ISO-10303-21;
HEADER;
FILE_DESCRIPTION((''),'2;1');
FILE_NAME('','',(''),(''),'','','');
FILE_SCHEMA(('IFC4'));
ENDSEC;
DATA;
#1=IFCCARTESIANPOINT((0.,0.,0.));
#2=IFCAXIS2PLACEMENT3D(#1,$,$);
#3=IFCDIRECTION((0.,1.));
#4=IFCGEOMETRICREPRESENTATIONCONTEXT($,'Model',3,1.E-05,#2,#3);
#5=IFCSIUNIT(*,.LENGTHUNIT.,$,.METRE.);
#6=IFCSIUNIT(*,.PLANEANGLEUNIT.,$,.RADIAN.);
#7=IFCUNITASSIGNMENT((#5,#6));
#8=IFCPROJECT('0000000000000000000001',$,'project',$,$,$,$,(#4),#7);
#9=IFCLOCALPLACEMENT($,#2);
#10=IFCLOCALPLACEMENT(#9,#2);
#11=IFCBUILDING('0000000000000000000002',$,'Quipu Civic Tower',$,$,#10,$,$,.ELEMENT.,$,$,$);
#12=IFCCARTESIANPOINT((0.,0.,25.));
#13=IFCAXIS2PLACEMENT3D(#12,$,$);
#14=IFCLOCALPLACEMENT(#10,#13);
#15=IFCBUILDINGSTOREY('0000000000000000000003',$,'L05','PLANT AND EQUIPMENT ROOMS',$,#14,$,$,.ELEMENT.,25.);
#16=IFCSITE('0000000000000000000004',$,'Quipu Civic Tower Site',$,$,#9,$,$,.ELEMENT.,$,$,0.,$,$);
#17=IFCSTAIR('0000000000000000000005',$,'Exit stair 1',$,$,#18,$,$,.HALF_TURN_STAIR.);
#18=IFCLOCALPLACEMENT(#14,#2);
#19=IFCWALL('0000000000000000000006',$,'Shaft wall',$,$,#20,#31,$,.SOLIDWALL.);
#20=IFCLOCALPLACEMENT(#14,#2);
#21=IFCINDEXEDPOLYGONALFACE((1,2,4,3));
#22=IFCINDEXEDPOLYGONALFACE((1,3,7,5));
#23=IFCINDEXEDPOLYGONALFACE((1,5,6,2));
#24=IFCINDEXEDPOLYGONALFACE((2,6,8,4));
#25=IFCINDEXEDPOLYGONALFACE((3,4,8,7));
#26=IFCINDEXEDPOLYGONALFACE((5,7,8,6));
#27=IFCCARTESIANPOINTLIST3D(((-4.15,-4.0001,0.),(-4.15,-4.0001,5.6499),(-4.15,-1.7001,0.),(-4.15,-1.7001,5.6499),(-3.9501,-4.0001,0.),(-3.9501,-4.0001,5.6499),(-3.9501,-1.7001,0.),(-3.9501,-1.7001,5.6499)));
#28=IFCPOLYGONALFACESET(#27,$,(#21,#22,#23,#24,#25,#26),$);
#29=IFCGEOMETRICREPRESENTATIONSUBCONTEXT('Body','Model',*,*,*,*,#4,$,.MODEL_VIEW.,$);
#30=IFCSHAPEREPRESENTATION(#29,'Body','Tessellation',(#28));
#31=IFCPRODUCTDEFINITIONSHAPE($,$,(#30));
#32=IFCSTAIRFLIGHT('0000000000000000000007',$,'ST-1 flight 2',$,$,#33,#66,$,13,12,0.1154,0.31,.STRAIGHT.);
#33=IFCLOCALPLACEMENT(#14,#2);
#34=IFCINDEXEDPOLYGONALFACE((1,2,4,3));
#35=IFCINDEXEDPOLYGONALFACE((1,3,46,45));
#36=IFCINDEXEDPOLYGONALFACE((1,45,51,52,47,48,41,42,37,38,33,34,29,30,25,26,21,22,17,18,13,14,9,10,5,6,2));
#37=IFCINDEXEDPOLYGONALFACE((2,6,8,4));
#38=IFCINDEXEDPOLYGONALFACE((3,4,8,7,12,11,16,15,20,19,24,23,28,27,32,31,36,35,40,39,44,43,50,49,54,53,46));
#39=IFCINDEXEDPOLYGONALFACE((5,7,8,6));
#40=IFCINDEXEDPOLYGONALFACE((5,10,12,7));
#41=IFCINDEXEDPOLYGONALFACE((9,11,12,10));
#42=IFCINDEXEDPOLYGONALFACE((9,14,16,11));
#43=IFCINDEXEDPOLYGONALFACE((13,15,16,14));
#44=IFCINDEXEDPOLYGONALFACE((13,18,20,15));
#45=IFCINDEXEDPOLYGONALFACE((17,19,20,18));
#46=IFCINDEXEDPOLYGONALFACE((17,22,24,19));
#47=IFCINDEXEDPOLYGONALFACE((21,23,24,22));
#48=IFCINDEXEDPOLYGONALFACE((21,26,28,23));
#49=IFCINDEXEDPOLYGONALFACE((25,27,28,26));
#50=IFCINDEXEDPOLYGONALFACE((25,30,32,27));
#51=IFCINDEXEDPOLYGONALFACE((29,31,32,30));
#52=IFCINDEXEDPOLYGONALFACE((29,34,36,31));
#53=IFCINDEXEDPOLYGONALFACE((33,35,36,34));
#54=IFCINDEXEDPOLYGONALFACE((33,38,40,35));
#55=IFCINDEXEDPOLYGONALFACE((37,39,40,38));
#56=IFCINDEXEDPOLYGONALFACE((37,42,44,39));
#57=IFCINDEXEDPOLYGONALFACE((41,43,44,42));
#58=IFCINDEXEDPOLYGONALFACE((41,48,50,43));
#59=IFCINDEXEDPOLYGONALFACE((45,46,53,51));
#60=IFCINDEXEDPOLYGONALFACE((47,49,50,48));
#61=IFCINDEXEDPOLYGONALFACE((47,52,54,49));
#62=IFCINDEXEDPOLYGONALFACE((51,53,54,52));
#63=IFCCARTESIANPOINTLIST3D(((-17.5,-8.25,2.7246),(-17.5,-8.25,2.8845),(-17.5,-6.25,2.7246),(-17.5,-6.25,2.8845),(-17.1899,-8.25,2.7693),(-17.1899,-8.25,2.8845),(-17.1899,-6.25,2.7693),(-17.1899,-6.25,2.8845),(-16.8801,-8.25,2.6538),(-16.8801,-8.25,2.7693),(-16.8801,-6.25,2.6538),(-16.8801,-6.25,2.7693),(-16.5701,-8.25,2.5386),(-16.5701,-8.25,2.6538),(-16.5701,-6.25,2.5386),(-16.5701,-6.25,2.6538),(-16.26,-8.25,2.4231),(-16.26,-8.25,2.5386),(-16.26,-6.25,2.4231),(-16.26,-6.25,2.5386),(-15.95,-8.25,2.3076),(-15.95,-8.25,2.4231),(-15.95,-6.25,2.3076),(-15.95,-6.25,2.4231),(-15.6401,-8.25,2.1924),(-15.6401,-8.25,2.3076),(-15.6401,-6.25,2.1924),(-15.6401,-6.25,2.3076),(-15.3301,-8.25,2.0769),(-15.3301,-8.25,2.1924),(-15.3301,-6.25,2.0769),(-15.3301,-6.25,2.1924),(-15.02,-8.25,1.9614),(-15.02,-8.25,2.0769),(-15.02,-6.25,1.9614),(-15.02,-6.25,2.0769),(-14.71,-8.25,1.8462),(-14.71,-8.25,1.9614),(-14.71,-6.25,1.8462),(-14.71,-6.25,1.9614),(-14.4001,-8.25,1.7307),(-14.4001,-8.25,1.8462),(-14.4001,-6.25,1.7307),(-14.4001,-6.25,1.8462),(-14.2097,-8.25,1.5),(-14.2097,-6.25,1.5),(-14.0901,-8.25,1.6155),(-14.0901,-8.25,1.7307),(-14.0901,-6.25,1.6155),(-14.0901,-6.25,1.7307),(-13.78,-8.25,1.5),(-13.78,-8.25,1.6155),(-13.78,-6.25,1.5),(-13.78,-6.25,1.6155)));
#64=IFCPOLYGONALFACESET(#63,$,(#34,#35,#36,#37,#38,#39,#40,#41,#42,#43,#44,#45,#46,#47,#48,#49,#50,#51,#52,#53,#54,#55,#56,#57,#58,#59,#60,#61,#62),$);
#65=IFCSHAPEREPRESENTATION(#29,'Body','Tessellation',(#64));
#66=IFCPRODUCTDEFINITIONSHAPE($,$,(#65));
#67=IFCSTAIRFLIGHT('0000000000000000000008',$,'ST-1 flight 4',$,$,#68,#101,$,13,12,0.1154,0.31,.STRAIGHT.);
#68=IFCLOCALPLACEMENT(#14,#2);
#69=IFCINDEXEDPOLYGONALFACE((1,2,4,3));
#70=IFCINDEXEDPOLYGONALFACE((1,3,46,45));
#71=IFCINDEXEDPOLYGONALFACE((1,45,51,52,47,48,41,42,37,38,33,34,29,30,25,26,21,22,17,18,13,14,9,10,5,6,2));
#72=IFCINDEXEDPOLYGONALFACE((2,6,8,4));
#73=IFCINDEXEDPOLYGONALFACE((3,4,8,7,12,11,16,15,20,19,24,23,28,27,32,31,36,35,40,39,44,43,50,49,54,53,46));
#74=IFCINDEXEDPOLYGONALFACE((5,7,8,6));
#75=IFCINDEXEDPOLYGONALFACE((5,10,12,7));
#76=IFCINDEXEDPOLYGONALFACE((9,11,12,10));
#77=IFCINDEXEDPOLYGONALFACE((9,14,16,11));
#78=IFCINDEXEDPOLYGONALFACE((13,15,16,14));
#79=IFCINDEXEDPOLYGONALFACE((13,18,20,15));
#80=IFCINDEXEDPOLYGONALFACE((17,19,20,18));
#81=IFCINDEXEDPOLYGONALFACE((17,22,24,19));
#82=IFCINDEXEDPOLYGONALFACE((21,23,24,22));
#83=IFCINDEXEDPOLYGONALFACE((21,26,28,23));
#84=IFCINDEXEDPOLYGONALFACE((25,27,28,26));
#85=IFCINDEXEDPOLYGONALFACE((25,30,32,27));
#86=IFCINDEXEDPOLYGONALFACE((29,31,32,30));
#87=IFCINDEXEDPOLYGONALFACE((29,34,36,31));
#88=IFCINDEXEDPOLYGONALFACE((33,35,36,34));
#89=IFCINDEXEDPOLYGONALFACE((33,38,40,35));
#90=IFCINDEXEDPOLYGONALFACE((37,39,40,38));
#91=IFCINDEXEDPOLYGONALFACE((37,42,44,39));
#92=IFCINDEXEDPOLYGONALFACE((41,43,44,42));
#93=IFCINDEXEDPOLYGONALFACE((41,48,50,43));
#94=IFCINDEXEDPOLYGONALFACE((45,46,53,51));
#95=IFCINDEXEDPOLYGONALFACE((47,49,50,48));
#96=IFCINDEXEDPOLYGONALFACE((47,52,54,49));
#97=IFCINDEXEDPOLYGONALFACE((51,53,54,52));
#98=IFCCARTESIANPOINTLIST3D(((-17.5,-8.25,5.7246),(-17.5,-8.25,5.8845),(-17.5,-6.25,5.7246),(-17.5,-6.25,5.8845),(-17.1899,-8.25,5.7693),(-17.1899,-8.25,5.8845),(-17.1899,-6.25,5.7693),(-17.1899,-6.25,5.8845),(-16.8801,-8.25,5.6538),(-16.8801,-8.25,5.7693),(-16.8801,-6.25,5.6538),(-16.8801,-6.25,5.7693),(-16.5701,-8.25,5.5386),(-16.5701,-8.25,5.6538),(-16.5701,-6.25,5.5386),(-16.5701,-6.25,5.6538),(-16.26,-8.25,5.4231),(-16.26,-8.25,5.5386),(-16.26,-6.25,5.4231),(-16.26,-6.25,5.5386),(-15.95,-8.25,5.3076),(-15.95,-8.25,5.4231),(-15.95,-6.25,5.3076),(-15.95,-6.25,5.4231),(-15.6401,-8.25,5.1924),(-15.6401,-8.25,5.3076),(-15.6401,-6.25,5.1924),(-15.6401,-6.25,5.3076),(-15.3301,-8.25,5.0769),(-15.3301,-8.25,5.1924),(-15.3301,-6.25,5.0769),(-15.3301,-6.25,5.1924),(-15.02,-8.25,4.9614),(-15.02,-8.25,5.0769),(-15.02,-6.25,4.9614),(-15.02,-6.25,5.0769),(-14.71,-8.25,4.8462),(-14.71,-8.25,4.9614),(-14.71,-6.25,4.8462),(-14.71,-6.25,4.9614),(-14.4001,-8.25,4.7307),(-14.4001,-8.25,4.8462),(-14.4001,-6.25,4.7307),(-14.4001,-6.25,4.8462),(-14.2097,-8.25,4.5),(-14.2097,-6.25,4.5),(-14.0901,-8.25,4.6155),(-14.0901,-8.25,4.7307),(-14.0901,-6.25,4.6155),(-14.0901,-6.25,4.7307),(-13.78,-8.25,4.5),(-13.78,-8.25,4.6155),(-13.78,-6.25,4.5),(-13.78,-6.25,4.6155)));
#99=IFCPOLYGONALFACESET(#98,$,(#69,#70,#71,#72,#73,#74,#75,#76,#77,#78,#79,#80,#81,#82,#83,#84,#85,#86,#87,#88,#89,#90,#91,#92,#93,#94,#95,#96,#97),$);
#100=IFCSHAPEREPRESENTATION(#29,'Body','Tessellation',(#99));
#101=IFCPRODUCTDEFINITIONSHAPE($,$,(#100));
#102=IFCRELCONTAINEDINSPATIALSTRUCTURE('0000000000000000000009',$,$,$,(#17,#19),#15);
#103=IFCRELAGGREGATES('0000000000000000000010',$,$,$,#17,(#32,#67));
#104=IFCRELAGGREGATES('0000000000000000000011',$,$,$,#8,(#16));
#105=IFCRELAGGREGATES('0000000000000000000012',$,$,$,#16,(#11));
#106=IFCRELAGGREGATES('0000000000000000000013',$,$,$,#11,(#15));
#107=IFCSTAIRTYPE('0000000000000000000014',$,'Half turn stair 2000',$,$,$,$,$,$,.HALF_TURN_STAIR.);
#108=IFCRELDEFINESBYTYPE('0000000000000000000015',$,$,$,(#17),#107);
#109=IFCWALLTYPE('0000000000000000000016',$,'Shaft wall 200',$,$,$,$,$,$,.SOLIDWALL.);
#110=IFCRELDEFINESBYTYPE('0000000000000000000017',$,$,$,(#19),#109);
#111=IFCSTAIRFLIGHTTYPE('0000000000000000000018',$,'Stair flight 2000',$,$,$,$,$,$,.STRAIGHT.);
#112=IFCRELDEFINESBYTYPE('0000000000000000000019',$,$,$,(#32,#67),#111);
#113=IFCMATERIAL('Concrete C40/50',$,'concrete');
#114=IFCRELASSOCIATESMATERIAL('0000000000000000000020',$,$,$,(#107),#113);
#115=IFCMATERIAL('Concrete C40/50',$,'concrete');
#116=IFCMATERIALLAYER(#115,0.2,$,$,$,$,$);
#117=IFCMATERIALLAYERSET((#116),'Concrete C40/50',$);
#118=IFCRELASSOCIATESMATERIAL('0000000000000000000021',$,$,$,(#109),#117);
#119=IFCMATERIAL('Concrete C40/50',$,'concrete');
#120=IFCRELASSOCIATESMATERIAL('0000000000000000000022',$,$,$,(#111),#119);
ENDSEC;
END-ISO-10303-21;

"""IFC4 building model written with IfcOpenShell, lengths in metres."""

from ifc_helpers import new_model, si_unit, direction, frame, frame_2d, origin, place, context, subcontext, project, spatial, polyline, rectangle, outline, extrude, material, layer, layer_set, type_object, element, aggregate, save


model = new_model("IFC4")

# Units and contexts
model_context = context("Model", 3, precision=1e-05, world=origin(), true_north=direction((0.0, 1.0)))
body_context = subcontext(model_context, "Body", "Model", "MODEL_VIEW")
ifc_project = project(units=[si_unit("LENGTHUNIT", "METRE"), si_unit("PLANEANGLEUNIT", "RADIAN")], contexts=[model_context])

# Site, building, storey
site_placement = place(None, origin())
site = spatial("IfcSite", under=ifc_project, at=site_placement, Name="Quipu Civic Tower Site", CompositionType="ELEMENT", RefElevation=0.0)
building_placement = place(site_placement, origin())
building = spatial("IfcBuilding", under=site, at=building_placement, Name="Quipu Civic Tower", CompositionType="ELEMENT")
storey_placement = place(building_placement, frame((0.0, 0.0, 25.0)))
storey = spatial("IfcBuildingStorey", under=building, at=storey_placement, Name="L05", Description="PLANT AND EQUIPMENT ROOMS", CompositionType="ELEMENT", Elevation=25.0)

# Stair
ifc_material_1 = material(Name="Concrete C40/50", Category="concrete")
stair_type_1 = type_object("IfcStairType", Name="Half turn stair 2000", PredefinedType="HALF_TURN_STAIR", material=ifc_material_1)
stair_1_placement = place(storey_placement, origin())
stair_1 = element("IfcStair", 1, at=stair_1_placement, inside=storey, type_object=stair_type_1, Name="Exit stair 1", PredefinedType="HALF_TURN_STAIR")

# Wall
ifc_material_2 = material(Name="Concrete C40/50", Category="concrete")
ifc_layer_1 = layer(ifc_material_2, 0.2)
ifc_layer_set_1 = layer_set([ifc_layer_1], Name="Concrete C40/50")
wall_type_1 = type_object("IfcWallType", Name="Shaft wall 200", PredefinedType="SOLIDWALL", material=ifc_layer_set_1)
for number, where, z_axis, x_axis, name in (
    (2, (-4.05, -4.0, 0.0), (0.0, 0.0, 1.0), (0.0, 1.0, 0.0), "Shaft wall"),
):
    element("IfcWall", number, at=place(storey_placement, frame(where, z_axis=z_axis, x_axis=x_axis)), inside=storey, type_object=wall_type_1, Name=name, PredefinedType="SOLIDWALL", context=body_context, shape_type="SweptSolid", body=[
        extrude(rectangle(XDim=2.3, YDim=0.2, at=frame_2d((1.1499, 0.0))), origin(), (0.0, 0.0, 1.0), 5.6499),
    ])

# Stair flights
ifc_material_3 = material(Name="Concrete C40/50", Category="concrete")
stair_flight_type = type_object("IfcStairFlightType", Name="Stair flight 2000", PredefinedType="STRAIGHT", material=ifc_material_3)
stair_flight_1_placement = place(storey_placement, frame((-13.78, -7.25, 1.5), z_axis=(0.0, 0.0, 1.0), x_axis=(-1.0, 0.0, 0.0)))
stair_flight_1 = element("IfcStairFlight", 3, at=stair_flight_1_placement, type_object=stair_flight_type, Name="ST-1 flight 2", NumberOfRisers=13, NumberOfTreads=12, PredefinedType="STRAIGHT", RiserHeight=0.1154, TreadLength=0.31, context=body_context, shape_type="SweptSolid", body=[
    extrude(outline(polyline([(0.0, 0.0), (0.0, 0.1155), (0.3101, 0.1155), (0.3101, 0.2307), (0.6201, 0.2307), (0.6201, 0.3462), (0.9299, 0.3462), (0.9299, 0.4614), (1.24, 0.4614), (1.24, 0.5769), (1.55, 0.5769), (1.55, 0.6924), (1.8601, 0.6924), (1.8601, 0.8076), (2.1699, 0.8076), (2.1699, 0.9231), (2.48, 0.9231), (2.48, 1.0386), (2.79, 1.0386), (2.79, 1.1538), (3.1001, 1.1538), (3.1001, 1.2693), (3.4099, 1.2693), (3.4099, 1.3845), (3.72, 1.3845), (3.72, 1.5), (3.72, 1.2246), (0.4297, 0.0), (0.0, 0.0)])), frame((0.0, 1.0, 0.0), z_axis=(0.0, -1.0, 0.0), x_axis=(1.0, 0.0, 0.0)), (0.0, 0.0, 1.0), 2.0),
])
stair_flight_2_placement = place(storey_placement, frame((-13.78, -7.25, 4.5), z_axis=(0.0, 0.0, 1.0), x_axis=(-1.0, 0.0, 0.0)))
stair_flight_2 = element("IfcStairFlight", 4, at=stair_flight_2_placement, type_object=stair_flight_type, Name="ST-1 flight 4", NumberOfRisers=13, NumberOfTreads=12, PredefinedType="STRAIGHT", RiserHeight=0.1154, TreadLength=0.31, context=body_context, shape_type="SweptSolid", body=[
    extrude(outline(polyline([(0.0, 0.0), (0.0, 0.1155), (0.3101, 0.1155), (0.3101, 0.2307), (0.6201, 0.2307), (0.6201, 0.3462), (0.9299, 0.3462), (0.9299, 0.4614), (1.24, 0.4614), (1.24, 0.5769), (1.55, 0.5769), (1.55, 0.6924), (1.8601, 0.6924), (1.8601, 0.8076), (2.1699, 0.8076), (2.1699, 0.9231), (2.48, 0.9231), (2.48, 1.0386), (2.79, 1.0386), (2.79, 1.1538), (3.1001, 1.1538), (3.1001, 1.2693), (3.4099, 1.2693), (3.4099, 1.3845), (3.72, 1.3845), (3.72, 1.5), (3.72, 1.2246), (0.4297, 0.0), (0.0, 0.0)])), frame((0.0, 1.0, 0.0), z_axis=(0.0, -1.0, 0.0), x_axis=(1.0, 0.0, 0.0)), (0.0, 0.0, 1.0), 2.0),
])
aggregate(stair_1, [stair_flight_1, stair_flight_2])

save(model, "model.ifc")
